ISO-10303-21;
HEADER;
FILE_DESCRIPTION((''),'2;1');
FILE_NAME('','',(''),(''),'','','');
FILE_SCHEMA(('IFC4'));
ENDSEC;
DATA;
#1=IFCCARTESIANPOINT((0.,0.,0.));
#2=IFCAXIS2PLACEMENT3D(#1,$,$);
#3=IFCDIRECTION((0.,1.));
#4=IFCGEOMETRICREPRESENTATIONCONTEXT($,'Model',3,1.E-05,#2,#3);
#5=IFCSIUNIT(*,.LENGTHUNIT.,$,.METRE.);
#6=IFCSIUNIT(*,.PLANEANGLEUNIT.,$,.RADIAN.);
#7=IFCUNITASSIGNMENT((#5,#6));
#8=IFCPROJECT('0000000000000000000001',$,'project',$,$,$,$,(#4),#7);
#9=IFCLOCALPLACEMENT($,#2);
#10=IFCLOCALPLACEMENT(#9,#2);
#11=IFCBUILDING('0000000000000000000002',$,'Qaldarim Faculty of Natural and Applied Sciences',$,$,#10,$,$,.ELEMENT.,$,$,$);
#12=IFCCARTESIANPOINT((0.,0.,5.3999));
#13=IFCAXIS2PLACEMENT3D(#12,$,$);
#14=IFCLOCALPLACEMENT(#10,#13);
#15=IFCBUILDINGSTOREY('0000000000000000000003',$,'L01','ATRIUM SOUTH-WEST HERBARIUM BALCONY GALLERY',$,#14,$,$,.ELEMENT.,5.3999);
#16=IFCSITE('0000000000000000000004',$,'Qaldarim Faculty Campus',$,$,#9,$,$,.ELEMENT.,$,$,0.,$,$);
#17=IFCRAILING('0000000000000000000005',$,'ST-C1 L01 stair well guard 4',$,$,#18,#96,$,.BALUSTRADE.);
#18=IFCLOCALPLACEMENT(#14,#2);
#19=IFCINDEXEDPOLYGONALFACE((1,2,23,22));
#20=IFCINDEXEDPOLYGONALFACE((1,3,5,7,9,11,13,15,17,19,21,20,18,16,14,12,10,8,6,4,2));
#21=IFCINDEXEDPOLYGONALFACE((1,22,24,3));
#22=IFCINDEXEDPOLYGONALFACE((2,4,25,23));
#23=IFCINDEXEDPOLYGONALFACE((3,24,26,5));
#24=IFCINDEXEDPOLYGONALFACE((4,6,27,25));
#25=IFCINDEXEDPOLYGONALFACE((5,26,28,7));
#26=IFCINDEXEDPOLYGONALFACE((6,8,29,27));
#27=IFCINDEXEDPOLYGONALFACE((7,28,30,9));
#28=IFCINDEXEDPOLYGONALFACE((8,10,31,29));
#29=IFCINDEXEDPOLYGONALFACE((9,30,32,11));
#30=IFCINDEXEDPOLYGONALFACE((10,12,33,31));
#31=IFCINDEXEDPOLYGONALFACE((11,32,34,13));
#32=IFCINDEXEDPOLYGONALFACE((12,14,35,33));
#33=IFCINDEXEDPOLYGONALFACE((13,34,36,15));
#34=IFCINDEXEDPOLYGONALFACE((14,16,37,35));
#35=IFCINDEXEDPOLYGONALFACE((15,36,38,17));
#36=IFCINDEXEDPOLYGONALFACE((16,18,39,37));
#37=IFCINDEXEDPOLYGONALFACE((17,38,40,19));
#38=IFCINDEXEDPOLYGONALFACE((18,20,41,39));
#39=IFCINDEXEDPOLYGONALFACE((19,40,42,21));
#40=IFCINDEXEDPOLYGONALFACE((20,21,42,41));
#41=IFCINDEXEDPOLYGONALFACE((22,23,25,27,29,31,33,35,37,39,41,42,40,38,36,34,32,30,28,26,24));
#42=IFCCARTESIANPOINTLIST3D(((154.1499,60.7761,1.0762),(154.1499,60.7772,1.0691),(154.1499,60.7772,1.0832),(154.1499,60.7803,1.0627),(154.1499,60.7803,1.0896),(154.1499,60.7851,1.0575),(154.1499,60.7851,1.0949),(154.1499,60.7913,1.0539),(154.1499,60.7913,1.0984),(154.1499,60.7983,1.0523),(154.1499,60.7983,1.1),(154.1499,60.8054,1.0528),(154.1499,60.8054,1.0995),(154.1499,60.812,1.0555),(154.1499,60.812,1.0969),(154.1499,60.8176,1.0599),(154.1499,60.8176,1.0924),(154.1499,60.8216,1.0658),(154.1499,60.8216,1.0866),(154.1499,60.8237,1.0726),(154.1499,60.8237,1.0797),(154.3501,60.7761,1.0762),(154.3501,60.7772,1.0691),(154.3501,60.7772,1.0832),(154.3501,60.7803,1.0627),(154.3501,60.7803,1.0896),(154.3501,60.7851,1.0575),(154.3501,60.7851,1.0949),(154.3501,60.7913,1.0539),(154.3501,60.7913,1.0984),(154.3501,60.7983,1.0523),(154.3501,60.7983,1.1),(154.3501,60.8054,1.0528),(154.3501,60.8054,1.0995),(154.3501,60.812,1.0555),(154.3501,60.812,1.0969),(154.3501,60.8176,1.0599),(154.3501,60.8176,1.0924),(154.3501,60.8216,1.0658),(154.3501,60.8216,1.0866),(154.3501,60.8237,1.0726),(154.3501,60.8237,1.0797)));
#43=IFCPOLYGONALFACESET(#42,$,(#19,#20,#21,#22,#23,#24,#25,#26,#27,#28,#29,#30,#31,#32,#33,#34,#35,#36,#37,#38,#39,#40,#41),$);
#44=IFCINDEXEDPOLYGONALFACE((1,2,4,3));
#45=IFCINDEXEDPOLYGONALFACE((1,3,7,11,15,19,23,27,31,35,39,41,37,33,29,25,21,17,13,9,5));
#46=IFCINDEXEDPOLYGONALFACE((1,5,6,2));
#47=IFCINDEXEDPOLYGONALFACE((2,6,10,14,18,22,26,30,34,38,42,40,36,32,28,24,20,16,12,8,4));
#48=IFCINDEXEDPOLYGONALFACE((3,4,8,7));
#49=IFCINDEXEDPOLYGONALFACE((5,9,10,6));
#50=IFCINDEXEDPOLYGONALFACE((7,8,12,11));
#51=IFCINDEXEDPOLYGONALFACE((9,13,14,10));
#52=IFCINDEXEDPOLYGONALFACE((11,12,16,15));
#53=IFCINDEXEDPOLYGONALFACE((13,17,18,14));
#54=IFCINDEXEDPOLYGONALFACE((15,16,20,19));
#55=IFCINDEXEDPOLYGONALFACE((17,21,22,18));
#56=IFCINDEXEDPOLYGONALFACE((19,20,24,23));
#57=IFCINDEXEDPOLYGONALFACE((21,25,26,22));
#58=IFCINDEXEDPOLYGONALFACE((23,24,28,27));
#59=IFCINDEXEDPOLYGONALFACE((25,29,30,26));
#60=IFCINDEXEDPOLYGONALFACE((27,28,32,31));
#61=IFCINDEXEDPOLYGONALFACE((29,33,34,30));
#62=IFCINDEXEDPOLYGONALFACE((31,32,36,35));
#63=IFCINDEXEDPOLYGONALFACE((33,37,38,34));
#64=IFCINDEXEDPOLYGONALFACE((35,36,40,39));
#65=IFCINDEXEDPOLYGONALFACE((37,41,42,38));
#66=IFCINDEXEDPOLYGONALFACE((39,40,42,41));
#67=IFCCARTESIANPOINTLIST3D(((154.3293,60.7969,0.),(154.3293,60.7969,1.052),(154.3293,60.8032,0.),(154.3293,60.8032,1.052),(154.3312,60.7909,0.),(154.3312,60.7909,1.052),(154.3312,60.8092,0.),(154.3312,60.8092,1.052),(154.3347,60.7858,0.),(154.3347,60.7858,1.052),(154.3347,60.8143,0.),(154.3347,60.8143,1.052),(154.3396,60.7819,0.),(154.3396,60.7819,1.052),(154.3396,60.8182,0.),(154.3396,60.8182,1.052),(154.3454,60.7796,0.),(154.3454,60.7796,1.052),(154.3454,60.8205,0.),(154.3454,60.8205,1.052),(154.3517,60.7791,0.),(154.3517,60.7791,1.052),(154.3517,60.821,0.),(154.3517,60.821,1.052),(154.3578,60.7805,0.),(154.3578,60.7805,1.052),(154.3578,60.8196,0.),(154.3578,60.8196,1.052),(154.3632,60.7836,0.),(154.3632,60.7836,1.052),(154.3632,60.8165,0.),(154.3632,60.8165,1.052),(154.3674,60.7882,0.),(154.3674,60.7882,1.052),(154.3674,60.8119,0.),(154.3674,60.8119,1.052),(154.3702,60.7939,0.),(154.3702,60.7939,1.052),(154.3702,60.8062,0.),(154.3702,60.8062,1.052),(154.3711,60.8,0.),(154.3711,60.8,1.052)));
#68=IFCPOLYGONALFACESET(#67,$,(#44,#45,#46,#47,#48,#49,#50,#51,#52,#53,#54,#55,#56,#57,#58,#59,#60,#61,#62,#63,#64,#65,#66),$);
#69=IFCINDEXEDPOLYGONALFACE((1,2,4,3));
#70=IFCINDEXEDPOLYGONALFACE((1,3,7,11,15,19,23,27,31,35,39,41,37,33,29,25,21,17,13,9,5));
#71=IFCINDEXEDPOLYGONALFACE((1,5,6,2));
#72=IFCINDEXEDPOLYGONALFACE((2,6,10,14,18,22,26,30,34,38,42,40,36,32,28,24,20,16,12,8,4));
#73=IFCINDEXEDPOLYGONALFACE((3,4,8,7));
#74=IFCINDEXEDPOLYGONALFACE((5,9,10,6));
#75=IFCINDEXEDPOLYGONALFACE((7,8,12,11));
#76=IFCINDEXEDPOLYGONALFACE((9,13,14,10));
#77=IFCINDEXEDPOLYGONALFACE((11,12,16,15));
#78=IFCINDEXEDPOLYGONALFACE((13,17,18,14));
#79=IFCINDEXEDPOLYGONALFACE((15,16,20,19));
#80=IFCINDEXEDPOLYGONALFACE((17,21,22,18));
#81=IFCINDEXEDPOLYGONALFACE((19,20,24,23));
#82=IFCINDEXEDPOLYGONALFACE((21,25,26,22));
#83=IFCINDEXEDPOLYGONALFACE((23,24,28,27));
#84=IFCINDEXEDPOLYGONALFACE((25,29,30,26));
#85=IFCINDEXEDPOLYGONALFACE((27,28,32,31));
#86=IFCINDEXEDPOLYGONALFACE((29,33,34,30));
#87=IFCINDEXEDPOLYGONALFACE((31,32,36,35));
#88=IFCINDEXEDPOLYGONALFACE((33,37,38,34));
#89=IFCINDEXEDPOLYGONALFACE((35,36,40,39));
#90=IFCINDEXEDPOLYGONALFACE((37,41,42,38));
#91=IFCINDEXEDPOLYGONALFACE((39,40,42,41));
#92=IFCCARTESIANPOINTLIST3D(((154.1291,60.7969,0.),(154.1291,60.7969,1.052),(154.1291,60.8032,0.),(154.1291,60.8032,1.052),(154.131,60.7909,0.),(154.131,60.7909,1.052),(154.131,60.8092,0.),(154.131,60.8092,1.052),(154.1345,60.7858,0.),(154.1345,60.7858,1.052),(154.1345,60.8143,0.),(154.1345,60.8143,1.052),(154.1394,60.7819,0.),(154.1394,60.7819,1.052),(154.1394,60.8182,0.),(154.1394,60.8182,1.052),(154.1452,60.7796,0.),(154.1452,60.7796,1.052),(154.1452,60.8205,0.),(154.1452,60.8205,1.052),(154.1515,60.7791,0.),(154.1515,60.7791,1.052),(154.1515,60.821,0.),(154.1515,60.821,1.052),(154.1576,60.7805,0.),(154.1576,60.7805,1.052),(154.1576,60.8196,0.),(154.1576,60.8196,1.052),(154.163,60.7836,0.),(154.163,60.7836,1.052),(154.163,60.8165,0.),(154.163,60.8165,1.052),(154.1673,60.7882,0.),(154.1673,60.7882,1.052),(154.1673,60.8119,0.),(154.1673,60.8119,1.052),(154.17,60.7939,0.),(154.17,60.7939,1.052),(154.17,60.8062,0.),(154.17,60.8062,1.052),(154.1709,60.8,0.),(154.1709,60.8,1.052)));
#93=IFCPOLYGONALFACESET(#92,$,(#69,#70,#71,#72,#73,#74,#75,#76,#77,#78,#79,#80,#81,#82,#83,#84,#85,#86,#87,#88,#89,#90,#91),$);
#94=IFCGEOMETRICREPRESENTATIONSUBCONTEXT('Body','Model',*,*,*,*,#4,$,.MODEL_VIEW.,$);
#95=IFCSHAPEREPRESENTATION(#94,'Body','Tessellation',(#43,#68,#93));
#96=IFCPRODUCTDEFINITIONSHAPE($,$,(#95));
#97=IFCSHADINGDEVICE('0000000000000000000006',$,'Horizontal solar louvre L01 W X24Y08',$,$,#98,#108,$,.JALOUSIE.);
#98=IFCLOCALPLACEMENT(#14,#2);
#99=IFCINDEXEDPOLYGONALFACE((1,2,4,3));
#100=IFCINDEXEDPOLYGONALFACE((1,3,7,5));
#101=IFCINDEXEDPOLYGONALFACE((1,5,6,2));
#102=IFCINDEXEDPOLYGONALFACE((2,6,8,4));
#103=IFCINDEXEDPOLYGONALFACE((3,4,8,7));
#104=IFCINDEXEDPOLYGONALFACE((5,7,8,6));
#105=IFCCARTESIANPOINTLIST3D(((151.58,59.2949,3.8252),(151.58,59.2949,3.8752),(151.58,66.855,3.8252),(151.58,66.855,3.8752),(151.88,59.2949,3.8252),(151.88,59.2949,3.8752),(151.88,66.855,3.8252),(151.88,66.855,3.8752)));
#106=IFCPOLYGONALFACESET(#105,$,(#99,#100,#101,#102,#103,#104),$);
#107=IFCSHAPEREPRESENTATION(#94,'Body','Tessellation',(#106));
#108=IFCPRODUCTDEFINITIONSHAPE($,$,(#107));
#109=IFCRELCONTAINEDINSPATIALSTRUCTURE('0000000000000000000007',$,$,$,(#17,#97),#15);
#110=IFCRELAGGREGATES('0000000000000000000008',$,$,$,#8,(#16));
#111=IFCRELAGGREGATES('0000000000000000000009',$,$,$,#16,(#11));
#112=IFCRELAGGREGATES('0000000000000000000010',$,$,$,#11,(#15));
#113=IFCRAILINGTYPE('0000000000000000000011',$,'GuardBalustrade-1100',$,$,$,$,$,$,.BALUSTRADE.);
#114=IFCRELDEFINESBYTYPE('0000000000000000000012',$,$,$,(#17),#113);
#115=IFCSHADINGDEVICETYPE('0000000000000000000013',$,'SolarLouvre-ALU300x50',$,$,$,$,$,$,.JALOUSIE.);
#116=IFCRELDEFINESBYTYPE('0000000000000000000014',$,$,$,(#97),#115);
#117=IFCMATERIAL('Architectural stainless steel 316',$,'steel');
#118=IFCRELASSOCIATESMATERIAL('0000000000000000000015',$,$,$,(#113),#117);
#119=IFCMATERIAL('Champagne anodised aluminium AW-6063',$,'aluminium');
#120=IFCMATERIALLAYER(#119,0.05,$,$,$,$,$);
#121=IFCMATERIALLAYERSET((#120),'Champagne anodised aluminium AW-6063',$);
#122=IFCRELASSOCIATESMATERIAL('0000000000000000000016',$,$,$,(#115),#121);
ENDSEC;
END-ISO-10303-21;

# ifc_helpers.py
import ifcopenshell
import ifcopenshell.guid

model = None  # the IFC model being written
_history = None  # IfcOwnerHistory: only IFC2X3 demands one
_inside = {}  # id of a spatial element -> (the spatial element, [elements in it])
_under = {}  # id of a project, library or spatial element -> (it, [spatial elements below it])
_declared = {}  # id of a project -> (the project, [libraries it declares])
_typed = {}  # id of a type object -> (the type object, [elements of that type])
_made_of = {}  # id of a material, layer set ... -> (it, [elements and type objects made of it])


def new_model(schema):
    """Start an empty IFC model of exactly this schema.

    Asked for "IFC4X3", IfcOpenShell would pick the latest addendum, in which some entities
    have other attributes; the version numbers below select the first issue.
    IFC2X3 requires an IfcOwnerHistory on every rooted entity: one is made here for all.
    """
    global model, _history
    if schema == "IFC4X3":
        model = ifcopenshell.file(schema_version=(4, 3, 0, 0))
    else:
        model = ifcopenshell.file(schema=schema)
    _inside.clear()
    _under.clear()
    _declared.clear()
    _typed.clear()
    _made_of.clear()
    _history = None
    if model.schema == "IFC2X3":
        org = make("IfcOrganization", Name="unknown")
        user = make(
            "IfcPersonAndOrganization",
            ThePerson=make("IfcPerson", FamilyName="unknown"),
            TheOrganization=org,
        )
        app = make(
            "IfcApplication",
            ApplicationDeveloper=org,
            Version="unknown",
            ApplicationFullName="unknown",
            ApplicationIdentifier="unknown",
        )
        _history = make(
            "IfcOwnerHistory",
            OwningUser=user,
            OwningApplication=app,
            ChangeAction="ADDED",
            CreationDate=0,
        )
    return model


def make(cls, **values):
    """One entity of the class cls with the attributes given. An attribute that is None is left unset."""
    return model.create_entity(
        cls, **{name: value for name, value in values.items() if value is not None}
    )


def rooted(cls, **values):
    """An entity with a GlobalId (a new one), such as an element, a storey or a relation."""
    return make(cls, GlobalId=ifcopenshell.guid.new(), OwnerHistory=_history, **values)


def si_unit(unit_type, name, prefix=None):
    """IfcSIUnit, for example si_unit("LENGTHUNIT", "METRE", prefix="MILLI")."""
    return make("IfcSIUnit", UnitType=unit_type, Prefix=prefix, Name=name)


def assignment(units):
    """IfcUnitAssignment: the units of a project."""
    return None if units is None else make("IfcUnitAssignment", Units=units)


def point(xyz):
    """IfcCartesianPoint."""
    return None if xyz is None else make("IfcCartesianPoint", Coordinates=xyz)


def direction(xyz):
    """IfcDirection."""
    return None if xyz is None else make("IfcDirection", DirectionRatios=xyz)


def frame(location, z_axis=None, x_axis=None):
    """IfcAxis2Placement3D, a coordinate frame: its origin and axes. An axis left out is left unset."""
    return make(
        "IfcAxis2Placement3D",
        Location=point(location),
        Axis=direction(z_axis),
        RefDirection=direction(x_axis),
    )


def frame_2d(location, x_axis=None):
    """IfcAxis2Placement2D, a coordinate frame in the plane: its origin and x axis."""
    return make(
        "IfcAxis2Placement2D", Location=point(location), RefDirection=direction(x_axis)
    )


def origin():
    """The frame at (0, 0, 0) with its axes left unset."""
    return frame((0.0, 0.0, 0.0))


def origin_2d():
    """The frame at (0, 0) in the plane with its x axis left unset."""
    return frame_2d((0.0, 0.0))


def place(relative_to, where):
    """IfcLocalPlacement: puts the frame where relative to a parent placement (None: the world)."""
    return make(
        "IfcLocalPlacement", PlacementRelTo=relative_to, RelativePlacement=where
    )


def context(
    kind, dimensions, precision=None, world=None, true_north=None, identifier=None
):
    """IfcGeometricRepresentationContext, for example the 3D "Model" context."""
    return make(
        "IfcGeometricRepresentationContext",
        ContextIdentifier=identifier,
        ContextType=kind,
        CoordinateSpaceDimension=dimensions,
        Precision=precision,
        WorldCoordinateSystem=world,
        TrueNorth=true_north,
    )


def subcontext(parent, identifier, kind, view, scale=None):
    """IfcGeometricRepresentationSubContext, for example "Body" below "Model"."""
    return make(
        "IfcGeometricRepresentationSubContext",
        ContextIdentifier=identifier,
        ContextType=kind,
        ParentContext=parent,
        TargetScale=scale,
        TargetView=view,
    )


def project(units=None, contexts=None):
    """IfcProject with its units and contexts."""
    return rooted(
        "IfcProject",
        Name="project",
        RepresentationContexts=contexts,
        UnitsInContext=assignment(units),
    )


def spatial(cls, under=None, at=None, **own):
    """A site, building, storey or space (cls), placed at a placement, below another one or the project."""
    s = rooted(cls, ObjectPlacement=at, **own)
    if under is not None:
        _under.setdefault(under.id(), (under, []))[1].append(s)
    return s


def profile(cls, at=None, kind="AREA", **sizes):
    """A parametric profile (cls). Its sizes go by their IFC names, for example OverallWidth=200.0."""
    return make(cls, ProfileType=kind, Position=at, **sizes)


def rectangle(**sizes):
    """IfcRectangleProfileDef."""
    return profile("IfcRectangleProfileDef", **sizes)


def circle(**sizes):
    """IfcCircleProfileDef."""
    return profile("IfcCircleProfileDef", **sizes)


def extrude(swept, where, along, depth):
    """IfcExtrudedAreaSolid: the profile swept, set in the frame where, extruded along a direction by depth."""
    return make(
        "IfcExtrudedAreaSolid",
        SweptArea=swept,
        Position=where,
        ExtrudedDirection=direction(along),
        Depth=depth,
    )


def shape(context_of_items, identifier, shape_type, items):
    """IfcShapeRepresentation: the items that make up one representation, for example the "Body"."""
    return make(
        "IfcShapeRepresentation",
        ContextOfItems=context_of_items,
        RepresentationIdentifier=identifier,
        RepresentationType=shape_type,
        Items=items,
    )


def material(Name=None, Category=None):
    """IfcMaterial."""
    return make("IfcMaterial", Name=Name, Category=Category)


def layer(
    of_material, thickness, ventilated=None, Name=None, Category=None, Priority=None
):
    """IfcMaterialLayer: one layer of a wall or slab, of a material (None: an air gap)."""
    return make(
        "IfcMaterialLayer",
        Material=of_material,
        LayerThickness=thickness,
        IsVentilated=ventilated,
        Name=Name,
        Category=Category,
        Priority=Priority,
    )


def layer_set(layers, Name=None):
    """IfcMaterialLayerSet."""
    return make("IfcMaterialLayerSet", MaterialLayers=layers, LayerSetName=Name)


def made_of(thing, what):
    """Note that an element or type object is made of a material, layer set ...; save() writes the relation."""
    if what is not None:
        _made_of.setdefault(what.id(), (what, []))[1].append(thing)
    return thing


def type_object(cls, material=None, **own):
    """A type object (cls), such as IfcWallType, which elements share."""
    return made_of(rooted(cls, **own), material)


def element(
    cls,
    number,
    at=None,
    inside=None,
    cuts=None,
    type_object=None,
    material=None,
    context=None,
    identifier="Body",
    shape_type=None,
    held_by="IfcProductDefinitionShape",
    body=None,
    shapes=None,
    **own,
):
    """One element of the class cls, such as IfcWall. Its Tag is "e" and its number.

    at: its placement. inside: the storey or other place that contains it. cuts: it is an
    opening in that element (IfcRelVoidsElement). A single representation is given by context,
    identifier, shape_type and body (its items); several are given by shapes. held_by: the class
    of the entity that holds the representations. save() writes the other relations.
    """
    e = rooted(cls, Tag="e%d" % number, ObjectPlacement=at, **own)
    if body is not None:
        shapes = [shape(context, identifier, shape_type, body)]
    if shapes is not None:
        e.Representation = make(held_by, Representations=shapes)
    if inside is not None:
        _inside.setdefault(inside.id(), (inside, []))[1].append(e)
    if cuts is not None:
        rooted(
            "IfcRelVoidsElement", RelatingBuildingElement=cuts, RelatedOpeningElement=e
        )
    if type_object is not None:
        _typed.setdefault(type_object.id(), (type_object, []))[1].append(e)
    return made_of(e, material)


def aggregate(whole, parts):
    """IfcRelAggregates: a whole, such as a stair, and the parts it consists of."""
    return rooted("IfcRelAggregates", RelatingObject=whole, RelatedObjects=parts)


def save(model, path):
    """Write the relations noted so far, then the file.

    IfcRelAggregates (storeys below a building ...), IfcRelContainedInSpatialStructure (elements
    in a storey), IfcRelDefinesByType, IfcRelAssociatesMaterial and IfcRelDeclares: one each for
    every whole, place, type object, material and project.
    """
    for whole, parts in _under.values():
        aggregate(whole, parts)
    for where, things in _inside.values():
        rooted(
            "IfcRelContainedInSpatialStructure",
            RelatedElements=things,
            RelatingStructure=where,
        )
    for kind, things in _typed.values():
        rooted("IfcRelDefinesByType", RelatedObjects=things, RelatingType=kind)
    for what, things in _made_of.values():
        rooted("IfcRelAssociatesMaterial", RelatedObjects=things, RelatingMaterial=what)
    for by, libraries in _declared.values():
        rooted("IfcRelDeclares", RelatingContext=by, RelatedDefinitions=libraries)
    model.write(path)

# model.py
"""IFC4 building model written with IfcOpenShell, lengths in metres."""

from ifc_helpers import new_model, si_unit, direction, frame, origin, origin_2d, place, context, subcontext, project, spatial, rectangle, circle, extrude, material, layer, layer_set, type_object, element, save


model = new_model("IFC4")

# Units and contexts
model_context = context("Model", 3, precision=1e-05, world=origin(), true_north=direction((0.0, 1.0)))
body_context = subcontext(model_context, "Body", "Model", "MODEL_VIEW")
ifc_project = project(units=[si_unit("LENGTHUNIT", "METRE"), si_unit("PLANEANGLEUNIT", "RADIAN")], contexts=[model_context])

# Site, building, storey
site_placement = place(None, origin())
site = spatial("IfcSite", under=ifc_project, at=site_placement, Name="Qaldarim Faculty Campus", CompositionType="ELEMENT", RefElevation=0.0)
building_placement = place(site_placement, origin())
building = spatial("IfcBuilding", under=site, at=building_placement, Name="Qaldarim Faculty of Natural and Applied Sciences", CompositionType="ELEMENT")
storey_placement = place(building_placement, frame((0.0, 0.0, 5.3999)))
storey = spatial("IfcBuildingStorey", under=building, at=storey_placement, Name="L01", Description="ATRIUM SOUTH-WEST HERBARIUM BALCONY GALLERY", CompositionType="ELEMENT", Elevation=5.3999)

# Railing
ifc_material_1 = material(Name="Architectural stainless steel 316", Category="steel")
railing_type = type_object("IfcRailingType", Name="GuardBalustrade-1100", PredefinedType="BALUSTRADE", material=ifc_material_1)
railing_1_placement = place(storey_placement, frame((154.3501, 60.8, 0.0)))
element("IfcRailing", 1, at=railing_1_placement, inside=storey, type_object=railing_type, Name="ST-C1 L01 stair well guard 4", PredefinedType="BALUSTRADE", context=body_context, shape_type="SweptSolid", body=[
    extrude(circle(Radius=0.0239, at=origin_2d()), frame((0.0, 0.0, 1.0762), z_axis=(-1.0, 0.0, 0.0), x_axis=(0.0, -1.0, 0.0)), (0.0, 0.0, 1.0), 0.2002),
    extrude(circle(Radius=0.021, at=origin_2d()), origin(), (0.0, 0.0, 1.0), 1.052),
    extrude(circle(Radius=0.021, at=origin_2d()), frame((-0.2002, 0.0, 0.0)), (0.0, 0.0, 1.0), 1.052),
])

# Shading device
ifc_material_2 = material(Name="Champagne anodised aluminium AW-6063", Category="aluminium")
ifc_layer_1 = layer(ifc_material_2, 0.05)
ifc_layer_set_1 = layer_set([ifc_layer_1], Name="Champagne anodised aluminium AW-6063")
shading_device_type = type_object("IfcShadingDeviceType", Name="SolarLouvre-ALU300x50", PredefinedType="JALOUSIE", material=ifc_layer_set_1)
shading_device_placement = place(storey_placement, frame((151.73, 63.075, 3.8252), z_axis=(0.0, 0.0, 1.0), x_axis=(0.0, 1.0, 0.0)))
element("IfcShadingDevice", 2, at=shading_device_placement, inside=storey, type_object=shading_device_type, Name="Horizontal solar louvre L01 W X24Y08", PredefinedType="JALOUSIE", context=body_context, shape_type="SweptSolid", body=[
    extrude(rectangle(XDim=7.5601, YDim=0.3, at=origin_2d()), origin(), (0.0, 0.0, 1.0), 0.05),
])

save(model, "model.ifc")
